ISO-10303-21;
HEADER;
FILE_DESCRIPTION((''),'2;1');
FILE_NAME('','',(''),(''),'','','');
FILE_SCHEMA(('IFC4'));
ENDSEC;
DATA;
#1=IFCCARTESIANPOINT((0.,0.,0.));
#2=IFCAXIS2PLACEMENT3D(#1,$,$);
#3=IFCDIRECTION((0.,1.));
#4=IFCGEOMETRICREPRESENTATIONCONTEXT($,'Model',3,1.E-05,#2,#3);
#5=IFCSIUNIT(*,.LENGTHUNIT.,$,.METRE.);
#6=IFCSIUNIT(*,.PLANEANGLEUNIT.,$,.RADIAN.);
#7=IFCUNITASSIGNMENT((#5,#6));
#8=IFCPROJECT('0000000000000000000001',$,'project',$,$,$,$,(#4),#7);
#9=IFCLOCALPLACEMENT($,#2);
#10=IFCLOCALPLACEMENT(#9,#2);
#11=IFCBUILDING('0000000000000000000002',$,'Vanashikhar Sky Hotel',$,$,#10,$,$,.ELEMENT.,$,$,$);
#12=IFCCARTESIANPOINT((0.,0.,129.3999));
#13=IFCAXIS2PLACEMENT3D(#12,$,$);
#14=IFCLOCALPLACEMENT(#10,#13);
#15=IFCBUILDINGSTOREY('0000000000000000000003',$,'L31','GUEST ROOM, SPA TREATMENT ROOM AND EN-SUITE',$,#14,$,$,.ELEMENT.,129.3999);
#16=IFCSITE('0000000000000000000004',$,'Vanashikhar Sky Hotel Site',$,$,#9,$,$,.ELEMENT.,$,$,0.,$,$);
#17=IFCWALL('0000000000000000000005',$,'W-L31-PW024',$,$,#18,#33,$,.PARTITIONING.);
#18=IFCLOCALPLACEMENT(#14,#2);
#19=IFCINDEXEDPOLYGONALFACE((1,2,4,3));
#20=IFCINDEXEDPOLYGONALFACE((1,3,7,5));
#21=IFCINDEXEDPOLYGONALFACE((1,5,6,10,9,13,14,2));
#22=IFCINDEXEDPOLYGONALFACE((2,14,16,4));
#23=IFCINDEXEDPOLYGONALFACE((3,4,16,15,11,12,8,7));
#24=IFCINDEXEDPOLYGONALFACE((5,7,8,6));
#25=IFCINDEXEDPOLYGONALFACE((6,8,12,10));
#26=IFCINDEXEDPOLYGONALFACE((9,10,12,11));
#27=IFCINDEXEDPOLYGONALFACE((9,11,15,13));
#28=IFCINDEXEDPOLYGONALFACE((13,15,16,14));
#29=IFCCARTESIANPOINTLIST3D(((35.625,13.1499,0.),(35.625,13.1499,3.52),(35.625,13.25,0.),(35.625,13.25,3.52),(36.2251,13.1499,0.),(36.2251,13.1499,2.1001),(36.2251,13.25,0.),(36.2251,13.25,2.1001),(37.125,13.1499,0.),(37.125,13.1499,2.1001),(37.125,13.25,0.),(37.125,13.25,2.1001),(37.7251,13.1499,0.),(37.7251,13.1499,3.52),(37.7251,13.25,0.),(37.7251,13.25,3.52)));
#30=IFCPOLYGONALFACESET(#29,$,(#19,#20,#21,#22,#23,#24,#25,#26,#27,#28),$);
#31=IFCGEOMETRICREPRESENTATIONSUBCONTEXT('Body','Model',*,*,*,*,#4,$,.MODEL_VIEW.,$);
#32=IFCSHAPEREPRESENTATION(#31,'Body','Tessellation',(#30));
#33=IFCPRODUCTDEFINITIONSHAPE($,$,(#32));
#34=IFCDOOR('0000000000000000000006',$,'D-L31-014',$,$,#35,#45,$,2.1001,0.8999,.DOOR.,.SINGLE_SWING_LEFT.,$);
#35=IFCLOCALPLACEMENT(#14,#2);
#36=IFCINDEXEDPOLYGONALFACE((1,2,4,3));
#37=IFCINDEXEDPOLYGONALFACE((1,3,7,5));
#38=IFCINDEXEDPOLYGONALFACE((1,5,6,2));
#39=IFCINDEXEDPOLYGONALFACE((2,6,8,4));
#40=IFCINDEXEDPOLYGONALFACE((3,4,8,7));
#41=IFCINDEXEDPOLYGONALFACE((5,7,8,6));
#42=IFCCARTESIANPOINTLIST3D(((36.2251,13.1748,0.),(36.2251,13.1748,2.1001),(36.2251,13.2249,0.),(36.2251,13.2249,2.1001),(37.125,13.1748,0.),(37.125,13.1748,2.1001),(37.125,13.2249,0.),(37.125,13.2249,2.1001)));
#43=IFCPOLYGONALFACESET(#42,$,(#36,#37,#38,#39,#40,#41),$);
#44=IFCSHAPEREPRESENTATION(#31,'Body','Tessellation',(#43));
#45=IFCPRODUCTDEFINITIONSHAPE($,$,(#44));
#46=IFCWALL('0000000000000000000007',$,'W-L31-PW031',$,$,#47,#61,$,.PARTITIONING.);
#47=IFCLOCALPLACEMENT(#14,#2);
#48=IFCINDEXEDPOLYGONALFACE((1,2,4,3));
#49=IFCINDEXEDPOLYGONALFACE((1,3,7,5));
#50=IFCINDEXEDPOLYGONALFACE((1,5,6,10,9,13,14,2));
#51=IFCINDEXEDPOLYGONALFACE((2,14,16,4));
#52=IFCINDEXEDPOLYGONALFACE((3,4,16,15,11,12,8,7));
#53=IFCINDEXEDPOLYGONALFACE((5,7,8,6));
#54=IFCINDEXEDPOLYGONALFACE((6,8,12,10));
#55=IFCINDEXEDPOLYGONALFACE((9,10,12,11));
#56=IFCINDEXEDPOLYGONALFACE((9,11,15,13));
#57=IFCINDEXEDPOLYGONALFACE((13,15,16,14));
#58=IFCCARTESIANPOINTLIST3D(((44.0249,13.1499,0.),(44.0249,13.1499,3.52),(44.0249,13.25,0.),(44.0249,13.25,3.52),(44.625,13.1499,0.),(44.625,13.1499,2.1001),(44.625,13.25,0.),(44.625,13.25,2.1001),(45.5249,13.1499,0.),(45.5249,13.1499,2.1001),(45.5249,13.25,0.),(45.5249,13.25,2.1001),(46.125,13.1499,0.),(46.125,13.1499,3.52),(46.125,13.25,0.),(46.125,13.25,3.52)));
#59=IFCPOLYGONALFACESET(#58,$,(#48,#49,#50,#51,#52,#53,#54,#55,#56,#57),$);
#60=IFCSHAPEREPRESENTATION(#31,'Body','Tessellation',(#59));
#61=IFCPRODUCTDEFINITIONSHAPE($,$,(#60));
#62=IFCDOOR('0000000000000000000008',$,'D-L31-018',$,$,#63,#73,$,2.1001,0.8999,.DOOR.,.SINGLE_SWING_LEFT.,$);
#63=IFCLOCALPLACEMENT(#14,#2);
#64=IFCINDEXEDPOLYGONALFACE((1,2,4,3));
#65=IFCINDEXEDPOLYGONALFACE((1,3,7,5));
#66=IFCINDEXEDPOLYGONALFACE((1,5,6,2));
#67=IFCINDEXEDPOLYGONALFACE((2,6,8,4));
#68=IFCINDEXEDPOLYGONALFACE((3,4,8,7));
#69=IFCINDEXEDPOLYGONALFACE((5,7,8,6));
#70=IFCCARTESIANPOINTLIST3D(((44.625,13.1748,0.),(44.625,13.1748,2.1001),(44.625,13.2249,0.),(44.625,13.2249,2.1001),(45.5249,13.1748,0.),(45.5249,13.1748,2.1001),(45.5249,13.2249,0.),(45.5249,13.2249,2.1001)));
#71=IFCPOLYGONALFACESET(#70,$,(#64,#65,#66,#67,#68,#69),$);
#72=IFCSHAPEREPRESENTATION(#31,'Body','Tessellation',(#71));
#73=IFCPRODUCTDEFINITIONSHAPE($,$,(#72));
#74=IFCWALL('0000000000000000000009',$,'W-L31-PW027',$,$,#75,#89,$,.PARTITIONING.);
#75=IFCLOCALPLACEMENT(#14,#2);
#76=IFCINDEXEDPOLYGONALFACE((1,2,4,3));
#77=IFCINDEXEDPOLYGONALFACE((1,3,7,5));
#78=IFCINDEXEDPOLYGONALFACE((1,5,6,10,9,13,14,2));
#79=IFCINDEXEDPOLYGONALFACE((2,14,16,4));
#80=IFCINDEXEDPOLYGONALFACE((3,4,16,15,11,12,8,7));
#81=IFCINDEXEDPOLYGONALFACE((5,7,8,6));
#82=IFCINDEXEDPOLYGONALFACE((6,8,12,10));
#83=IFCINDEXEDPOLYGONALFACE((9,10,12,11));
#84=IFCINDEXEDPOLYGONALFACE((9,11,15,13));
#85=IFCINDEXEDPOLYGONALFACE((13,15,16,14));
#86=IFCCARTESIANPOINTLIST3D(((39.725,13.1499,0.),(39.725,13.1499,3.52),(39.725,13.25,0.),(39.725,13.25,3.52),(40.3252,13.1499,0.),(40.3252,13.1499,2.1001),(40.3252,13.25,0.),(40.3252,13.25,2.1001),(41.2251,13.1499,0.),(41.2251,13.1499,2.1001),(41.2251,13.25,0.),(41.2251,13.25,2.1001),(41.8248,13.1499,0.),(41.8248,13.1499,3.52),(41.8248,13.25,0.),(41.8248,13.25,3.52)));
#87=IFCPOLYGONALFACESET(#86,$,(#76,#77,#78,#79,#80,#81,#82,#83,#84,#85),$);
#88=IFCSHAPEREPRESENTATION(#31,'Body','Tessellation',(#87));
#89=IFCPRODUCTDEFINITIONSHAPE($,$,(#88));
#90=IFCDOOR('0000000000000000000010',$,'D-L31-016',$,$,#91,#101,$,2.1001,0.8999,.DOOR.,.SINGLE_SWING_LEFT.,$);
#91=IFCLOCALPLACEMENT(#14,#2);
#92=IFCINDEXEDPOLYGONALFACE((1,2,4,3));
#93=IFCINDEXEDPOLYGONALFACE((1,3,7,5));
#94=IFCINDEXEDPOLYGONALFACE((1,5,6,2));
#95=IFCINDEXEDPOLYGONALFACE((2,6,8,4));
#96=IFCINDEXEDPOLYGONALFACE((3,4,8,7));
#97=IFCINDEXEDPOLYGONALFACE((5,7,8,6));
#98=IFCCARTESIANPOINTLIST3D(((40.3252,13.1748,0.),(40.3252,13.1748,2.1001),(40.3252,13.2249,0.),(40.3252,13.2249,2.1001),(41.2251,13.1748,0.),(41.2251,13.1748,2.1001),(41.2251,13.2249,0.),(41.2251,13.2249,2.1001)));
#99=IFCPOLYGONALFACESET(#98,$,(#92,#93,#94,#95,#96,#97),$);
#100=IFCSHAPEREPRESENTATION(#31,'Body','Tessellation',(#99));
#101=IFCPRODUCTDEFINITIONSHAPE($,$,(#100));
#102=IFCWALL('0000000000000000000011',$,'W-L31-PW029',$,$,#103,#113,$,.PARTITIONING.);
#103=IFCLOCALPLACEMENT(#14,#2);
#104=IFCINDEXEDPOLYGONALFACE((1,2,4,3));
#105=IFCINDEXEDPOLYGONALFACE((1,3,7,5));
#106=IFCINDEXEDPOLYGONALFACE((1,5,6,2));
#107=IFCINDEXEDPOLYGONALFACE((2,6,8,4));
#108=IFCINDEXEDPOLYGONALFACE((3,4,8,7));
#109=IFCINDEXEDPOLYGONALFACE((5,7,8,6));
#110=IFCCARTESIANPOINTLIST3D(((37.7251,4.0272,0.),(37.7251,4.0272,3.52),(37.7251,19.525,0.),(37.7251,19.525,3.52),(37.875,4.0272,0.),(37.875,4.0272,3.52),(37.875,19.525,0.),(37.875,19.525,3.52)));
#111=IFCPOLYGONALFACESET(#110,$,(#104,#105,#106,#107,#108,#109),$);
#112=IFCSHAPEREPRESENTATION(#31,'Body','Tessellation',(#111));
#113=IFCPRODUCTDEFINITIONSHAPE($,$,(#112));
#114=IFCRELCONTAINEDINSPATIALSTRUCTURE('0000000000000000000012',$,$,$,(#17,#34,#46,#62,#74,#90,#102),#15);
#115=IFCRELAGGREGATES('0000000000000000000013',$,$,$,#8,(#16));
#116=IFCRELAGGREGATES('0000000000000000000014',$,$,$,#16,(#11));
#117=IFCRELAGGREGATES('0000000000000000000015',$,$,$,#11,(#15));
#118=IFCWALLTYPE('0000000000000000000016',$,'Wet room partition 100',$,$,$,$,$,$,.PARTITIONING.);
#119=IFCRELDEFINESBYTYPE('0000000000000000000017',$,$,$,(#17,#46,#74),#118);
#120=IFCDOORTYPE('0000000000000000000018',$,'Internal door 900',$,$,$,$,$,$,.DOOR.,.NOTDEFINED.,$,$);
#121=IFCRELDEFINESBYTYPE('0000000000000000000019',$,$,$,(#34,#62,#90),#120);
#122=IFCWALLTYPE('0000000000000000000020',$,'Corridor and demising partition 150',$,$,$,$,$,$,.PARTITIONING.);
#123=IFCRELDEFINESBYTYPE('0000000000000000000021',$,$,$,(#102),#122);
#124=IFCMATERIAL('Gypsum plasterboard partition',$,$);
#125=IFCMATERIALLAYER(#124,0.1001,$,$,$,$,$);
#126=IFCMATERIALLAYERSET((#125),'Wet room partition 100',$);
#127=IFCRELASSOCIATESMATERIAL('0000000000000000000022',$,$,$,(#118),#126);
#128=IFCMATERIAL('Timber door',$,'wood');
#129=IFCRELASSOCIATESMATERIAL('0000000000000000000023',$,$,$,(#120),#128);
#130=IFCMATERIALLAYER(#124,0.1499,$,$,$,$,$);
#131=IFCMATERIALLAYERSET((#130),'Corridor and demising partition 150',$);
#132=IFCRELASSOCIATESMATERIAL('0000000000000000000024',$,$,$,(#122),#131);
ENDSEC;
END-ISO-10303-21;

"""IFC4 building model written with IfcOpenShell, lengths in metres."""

from ifc_helpers import new_model, si_unit, direction, frame, frame_2d, origin, place, context, subcontext, project, spatial, rectangle, extrude, source, transform, mapped, material, layer, layer_set, type_object, element, fill, save


model = new_model("IFC4")

# Units and contexts
model_context = context("Model", 3, precision=1e-05, world=origin(), true_north=direction((0.0, 1.0)))
body_context = subcontext(model_context, "Body", "Model", "MODEL_VIEW")
ifc_project = project(units=[si_unit("LENGTHUNIT", "METRE"), si_unit("PLANEANGLEUNIT", "RADIAN")], contexts=[model_context])

# Site, building, storey
site_placement = place(None, origin())
site = spatial("IfcSite", under=ifc_project, at=site_placement, Name="Vanashikhar Sky Hotel Site", CompositionType="ELEMENT", RefElevation=0.0)
building_placement = place(site_placement, origin())
building = spatial("IfcBuilding", under=site, at=building_placement, Name="Vanashikhar Sky Hotel", CompositionType="ELEMENT")
storey_placement = place(building_placement, frame((0.0, 0.0, 129.3999)))
storey = spatial("IfcBuildingStorey", under=building, at=storey_placement, Name="L31", Description="GUEST ROOM, SPA TREATMENT ROOM AND EN-SUITE", CompositionType="ELEMENT", Elevation=129.3999)

# Shared definitions
ifc_material_1 = material(Name="Gypsum plasterboard partition")
ifc_layer_1 = layer(ifc_material_1, 0.1001)
ifc_layer_set_1 = layer_set([ifc_layer_1], Name="Wet room partition 100")
wall_type_1 = type_object("IfcWallType", Name="Wet room partition 100", PredefinedType="PARTITIONING", material=ifc_layer_set_1)

# Walls, openings, doors
shared_shape_1 = source(origin(), body_context, "Body", "SweptSolid", [
    extrude(rectangle(XDim=2.1001, YDim=0.1001, at=frame_2d((1.05, 0.0))), origin(), (0.0, 0.0, 1.0), 3.52),
])
wall_1_placement = place(storey_placement, frame((35.625, 13.2, 0.0), z_axis=(0.0, 0.0, 1.0), x_axis=(1.0, 0.0, 0.0)))
wall_1 = element("IfcWall", 1, at=wall_1_placement, inside=storey, type_object=wall_type_1, Name="W-L31-PW024", PredefinedType="PARTITIONING", context=body_context, shape_type="MappedRepresentation", body=[
    mapped(shared_shape_1, transform((0.0, 0.0, 0.0), scale=1.0)),
])
shared_shape_2 = source(origin(), body_context, "Body", "SweptSolid", [
    extrude(rectangle(XDim=0.8999, YDim=2.1001, at=frame_2d((0.45, 1.05))), frame((0.0, 0.0601, 0.0), z_axis=(0.0, -1.0, 0.0), x_axis=(1.0, 0.0, 0.0)), (0.0, 0.0, 1.0), 0.1201),
])
opening_1_placement = place(wall_1_placement, frame((0.6001, 0.0, 0.0)))
opening_1 = element("IfcOpeningElement", 2, at=opening_1_placement, cuts=wall_1, PredefinedType="OPENING", context=body_context, shape_type="MappedRepresentation", body=[
    mapped(shared_shape_2, transform((0.0, 0.0, 0.0), scale=1.0)),
])
ifc_material_2 = material(Name="Timber door", Category="wood")
door_type = type_object("IfcDoorType", Name="Internal door 900", OperationType="NOTDEFINED", PredefinedType="DOOR", material=ifc_material_2)
shared_shape_3 = source(origin(), body_context, "Body", "SweptSolid", [
    extrude(rectangle(XDim=0.8999, YDim=2.1001, at=frame_2d((0.45, 1.05))), frame((0.0, 0.0249, 0.0), z_axis=(0.0, -1.0, 0.0), x_axis=(1.0, 0.0, 0.0)), (0.0, 0.0, 1.0), 0.05),
])
door_1_placement = place(opening_1_placement, origin())
door_1 = element("IfcDoor", 3, at=door_1_placement, inside=storey, type_object=door_type, Name="D-L31-014", OperationType="SINGLE_SWING_LEFT", OverallHeight=2.1001, OverallWidth=0.8999, PredefinedType="DOOR", context=body_context, shape_type="MappedRepresentation", body=[
    mapped(shared_shape_3, transform((0.0, 0.0, 0.0), scale=1.0)),
])
fill(opening_1, door_1)
wall_2_placement = place(storey_placement, frame((44.0249, 13.2, 0.0), z_axis=(0.0, 0.0, 1.0), x_axis=(1.0, 0.0, 0.0)))
wall_2 = element("IfcWall", 4, at=wall_2_placement, inside=storey, type_object=wall_type_1, Name="W-L31-PW031", PredefinedType="PARTITIONING", context=body_context, shape_type="MappedRepresentation", body=[
    mapped(shared_shape_1, transform((0.0, 0.0, 0.0), scale=1.0)),
])
opening_2_placement = place(wall_2_placement, frame((0.6001, 0.0, 0.0)))
opening_2 = element("IfcOpeningElement", 5, at=opening_2_placement, cuts=wall_2, PredefinedType="OPENING", context=body_context, shape_type="MappedRepresentation", body=[
    mapped(shared_shape_2, transform((0.0, 0.0, 0.0), scale=1.0)),
])
door_2_placement = place(opening_2_placement, origin())
door_2 = element("IfcDoor", 6, at=door_2_placement, inside=storey, type_object=door_type, Name="D-L31-018", OperationType="SINGLE_SWING_LEFT", OverallHeight=2.1001, OverallWidth=0.8999, PredefinedType="DOOR", context=body_context, shape_type="MappedRepresentation", body=[
    mapped(shared_shape_3, transform((0.0, 0.0, 0.0), scale=1.0)),
])
fill(opening_2, door_2)
shared_shape_4 = source(origin(), body_context, "Body", "SweptSolid", [
    extrude(rectangle(XDim=2.0999, YDim=0.1001, at=frame_2d((1.0498, 0.0))), origin(), (0.0, 0.0, 1.0), 3.52),
])
wall_3_placement = place(storey_placement, frame((39.7251, 13.2, 0.0), z_axis=(0.0, 0.0, 1.0), x_axis=(1.0, 0.0, 0.0)))
wall_3 = element("IfcWall", 7, at=wall_3_placement, inside=storey, type_object=wall_type_1, Name="W-L31-PW027", PredefinedType="PARTITIONING", context=body_context, shape_type="MappedRepresentation", body=[
    mapped(shared_shape_4, transform((0.0, 0.0, 0.0), scale=1.0)),
])
opening_3_placement = place(wall_3_placement, frame((0.6001, 0.0, 0.0)))
opening_3 = element("IfcOpeningElement", 8, at=opening_3_placement, cuts=wall_3, PredefinedType="OPENING", context=body_context, shape_type="MappedRepresentation", body=[
    mapped(shared_shape_2, transform((0.0, 0.0, 0.0), scale=1.0)),
])
door_3_placement = place(opening_3_placement, origin())
door_3 = element("IfcDoor", 9, at=door_3_placement, inside=storey, type_object=door_type, Name="D-L31-016", OperationType="SINGLE_SWING_LEFT", OverallHeight=2.1001, OverallWidth=0.8999, PredefinedType="DOOR", context=body_context, shape_type="MappedRepresentation", body=[
    mapped(shared_shape_3, transform((0.0, 0.0, 0.0), scale=1.0)),
])
fill(opening_3, door_3)

# Wall
ifc_layer_2 = layer(ifc_material_1, 0.1499)
ifc_layer_set_2 = layer_set([ifc_layer_2], Name="Corridor and demising partition 150")
wall_type_2 = type_object("IfcWallType", Name="Corridor and demising partition 150", PredefinedType="PARTITIONING", material=ifc_layer_set_2)
shared_shape_5 = source(origin(), body_context, "Body", "SweptSolid", [
    extrude(rectangle(XDim=15.4978, YDim=0.1499, at=frame_2d((7.749, 0.0))), origin(), (0.0, 0.0, 1.0), 3.52),
])
wall_4_placement = place(storey_placement, frame((37.8, 4.0271, 0.0), z_axis=(0.0, 0.0, 1.0), x_axis=(0.0, 1.0, 0.0)))
element("IfcWall", 10, at=wall_4_placement, inside=storey, type_object=wall_type_2, Name="W-L31-PW029", PredefinedType="PARTITIONING", context=body_context, shape_type="MappedRepresentation", body=[
    mapped(shared_shape_5, transform((0.0, 0.0, 0.0), scale=1.0)),
])

save(model, "model.ifc")
